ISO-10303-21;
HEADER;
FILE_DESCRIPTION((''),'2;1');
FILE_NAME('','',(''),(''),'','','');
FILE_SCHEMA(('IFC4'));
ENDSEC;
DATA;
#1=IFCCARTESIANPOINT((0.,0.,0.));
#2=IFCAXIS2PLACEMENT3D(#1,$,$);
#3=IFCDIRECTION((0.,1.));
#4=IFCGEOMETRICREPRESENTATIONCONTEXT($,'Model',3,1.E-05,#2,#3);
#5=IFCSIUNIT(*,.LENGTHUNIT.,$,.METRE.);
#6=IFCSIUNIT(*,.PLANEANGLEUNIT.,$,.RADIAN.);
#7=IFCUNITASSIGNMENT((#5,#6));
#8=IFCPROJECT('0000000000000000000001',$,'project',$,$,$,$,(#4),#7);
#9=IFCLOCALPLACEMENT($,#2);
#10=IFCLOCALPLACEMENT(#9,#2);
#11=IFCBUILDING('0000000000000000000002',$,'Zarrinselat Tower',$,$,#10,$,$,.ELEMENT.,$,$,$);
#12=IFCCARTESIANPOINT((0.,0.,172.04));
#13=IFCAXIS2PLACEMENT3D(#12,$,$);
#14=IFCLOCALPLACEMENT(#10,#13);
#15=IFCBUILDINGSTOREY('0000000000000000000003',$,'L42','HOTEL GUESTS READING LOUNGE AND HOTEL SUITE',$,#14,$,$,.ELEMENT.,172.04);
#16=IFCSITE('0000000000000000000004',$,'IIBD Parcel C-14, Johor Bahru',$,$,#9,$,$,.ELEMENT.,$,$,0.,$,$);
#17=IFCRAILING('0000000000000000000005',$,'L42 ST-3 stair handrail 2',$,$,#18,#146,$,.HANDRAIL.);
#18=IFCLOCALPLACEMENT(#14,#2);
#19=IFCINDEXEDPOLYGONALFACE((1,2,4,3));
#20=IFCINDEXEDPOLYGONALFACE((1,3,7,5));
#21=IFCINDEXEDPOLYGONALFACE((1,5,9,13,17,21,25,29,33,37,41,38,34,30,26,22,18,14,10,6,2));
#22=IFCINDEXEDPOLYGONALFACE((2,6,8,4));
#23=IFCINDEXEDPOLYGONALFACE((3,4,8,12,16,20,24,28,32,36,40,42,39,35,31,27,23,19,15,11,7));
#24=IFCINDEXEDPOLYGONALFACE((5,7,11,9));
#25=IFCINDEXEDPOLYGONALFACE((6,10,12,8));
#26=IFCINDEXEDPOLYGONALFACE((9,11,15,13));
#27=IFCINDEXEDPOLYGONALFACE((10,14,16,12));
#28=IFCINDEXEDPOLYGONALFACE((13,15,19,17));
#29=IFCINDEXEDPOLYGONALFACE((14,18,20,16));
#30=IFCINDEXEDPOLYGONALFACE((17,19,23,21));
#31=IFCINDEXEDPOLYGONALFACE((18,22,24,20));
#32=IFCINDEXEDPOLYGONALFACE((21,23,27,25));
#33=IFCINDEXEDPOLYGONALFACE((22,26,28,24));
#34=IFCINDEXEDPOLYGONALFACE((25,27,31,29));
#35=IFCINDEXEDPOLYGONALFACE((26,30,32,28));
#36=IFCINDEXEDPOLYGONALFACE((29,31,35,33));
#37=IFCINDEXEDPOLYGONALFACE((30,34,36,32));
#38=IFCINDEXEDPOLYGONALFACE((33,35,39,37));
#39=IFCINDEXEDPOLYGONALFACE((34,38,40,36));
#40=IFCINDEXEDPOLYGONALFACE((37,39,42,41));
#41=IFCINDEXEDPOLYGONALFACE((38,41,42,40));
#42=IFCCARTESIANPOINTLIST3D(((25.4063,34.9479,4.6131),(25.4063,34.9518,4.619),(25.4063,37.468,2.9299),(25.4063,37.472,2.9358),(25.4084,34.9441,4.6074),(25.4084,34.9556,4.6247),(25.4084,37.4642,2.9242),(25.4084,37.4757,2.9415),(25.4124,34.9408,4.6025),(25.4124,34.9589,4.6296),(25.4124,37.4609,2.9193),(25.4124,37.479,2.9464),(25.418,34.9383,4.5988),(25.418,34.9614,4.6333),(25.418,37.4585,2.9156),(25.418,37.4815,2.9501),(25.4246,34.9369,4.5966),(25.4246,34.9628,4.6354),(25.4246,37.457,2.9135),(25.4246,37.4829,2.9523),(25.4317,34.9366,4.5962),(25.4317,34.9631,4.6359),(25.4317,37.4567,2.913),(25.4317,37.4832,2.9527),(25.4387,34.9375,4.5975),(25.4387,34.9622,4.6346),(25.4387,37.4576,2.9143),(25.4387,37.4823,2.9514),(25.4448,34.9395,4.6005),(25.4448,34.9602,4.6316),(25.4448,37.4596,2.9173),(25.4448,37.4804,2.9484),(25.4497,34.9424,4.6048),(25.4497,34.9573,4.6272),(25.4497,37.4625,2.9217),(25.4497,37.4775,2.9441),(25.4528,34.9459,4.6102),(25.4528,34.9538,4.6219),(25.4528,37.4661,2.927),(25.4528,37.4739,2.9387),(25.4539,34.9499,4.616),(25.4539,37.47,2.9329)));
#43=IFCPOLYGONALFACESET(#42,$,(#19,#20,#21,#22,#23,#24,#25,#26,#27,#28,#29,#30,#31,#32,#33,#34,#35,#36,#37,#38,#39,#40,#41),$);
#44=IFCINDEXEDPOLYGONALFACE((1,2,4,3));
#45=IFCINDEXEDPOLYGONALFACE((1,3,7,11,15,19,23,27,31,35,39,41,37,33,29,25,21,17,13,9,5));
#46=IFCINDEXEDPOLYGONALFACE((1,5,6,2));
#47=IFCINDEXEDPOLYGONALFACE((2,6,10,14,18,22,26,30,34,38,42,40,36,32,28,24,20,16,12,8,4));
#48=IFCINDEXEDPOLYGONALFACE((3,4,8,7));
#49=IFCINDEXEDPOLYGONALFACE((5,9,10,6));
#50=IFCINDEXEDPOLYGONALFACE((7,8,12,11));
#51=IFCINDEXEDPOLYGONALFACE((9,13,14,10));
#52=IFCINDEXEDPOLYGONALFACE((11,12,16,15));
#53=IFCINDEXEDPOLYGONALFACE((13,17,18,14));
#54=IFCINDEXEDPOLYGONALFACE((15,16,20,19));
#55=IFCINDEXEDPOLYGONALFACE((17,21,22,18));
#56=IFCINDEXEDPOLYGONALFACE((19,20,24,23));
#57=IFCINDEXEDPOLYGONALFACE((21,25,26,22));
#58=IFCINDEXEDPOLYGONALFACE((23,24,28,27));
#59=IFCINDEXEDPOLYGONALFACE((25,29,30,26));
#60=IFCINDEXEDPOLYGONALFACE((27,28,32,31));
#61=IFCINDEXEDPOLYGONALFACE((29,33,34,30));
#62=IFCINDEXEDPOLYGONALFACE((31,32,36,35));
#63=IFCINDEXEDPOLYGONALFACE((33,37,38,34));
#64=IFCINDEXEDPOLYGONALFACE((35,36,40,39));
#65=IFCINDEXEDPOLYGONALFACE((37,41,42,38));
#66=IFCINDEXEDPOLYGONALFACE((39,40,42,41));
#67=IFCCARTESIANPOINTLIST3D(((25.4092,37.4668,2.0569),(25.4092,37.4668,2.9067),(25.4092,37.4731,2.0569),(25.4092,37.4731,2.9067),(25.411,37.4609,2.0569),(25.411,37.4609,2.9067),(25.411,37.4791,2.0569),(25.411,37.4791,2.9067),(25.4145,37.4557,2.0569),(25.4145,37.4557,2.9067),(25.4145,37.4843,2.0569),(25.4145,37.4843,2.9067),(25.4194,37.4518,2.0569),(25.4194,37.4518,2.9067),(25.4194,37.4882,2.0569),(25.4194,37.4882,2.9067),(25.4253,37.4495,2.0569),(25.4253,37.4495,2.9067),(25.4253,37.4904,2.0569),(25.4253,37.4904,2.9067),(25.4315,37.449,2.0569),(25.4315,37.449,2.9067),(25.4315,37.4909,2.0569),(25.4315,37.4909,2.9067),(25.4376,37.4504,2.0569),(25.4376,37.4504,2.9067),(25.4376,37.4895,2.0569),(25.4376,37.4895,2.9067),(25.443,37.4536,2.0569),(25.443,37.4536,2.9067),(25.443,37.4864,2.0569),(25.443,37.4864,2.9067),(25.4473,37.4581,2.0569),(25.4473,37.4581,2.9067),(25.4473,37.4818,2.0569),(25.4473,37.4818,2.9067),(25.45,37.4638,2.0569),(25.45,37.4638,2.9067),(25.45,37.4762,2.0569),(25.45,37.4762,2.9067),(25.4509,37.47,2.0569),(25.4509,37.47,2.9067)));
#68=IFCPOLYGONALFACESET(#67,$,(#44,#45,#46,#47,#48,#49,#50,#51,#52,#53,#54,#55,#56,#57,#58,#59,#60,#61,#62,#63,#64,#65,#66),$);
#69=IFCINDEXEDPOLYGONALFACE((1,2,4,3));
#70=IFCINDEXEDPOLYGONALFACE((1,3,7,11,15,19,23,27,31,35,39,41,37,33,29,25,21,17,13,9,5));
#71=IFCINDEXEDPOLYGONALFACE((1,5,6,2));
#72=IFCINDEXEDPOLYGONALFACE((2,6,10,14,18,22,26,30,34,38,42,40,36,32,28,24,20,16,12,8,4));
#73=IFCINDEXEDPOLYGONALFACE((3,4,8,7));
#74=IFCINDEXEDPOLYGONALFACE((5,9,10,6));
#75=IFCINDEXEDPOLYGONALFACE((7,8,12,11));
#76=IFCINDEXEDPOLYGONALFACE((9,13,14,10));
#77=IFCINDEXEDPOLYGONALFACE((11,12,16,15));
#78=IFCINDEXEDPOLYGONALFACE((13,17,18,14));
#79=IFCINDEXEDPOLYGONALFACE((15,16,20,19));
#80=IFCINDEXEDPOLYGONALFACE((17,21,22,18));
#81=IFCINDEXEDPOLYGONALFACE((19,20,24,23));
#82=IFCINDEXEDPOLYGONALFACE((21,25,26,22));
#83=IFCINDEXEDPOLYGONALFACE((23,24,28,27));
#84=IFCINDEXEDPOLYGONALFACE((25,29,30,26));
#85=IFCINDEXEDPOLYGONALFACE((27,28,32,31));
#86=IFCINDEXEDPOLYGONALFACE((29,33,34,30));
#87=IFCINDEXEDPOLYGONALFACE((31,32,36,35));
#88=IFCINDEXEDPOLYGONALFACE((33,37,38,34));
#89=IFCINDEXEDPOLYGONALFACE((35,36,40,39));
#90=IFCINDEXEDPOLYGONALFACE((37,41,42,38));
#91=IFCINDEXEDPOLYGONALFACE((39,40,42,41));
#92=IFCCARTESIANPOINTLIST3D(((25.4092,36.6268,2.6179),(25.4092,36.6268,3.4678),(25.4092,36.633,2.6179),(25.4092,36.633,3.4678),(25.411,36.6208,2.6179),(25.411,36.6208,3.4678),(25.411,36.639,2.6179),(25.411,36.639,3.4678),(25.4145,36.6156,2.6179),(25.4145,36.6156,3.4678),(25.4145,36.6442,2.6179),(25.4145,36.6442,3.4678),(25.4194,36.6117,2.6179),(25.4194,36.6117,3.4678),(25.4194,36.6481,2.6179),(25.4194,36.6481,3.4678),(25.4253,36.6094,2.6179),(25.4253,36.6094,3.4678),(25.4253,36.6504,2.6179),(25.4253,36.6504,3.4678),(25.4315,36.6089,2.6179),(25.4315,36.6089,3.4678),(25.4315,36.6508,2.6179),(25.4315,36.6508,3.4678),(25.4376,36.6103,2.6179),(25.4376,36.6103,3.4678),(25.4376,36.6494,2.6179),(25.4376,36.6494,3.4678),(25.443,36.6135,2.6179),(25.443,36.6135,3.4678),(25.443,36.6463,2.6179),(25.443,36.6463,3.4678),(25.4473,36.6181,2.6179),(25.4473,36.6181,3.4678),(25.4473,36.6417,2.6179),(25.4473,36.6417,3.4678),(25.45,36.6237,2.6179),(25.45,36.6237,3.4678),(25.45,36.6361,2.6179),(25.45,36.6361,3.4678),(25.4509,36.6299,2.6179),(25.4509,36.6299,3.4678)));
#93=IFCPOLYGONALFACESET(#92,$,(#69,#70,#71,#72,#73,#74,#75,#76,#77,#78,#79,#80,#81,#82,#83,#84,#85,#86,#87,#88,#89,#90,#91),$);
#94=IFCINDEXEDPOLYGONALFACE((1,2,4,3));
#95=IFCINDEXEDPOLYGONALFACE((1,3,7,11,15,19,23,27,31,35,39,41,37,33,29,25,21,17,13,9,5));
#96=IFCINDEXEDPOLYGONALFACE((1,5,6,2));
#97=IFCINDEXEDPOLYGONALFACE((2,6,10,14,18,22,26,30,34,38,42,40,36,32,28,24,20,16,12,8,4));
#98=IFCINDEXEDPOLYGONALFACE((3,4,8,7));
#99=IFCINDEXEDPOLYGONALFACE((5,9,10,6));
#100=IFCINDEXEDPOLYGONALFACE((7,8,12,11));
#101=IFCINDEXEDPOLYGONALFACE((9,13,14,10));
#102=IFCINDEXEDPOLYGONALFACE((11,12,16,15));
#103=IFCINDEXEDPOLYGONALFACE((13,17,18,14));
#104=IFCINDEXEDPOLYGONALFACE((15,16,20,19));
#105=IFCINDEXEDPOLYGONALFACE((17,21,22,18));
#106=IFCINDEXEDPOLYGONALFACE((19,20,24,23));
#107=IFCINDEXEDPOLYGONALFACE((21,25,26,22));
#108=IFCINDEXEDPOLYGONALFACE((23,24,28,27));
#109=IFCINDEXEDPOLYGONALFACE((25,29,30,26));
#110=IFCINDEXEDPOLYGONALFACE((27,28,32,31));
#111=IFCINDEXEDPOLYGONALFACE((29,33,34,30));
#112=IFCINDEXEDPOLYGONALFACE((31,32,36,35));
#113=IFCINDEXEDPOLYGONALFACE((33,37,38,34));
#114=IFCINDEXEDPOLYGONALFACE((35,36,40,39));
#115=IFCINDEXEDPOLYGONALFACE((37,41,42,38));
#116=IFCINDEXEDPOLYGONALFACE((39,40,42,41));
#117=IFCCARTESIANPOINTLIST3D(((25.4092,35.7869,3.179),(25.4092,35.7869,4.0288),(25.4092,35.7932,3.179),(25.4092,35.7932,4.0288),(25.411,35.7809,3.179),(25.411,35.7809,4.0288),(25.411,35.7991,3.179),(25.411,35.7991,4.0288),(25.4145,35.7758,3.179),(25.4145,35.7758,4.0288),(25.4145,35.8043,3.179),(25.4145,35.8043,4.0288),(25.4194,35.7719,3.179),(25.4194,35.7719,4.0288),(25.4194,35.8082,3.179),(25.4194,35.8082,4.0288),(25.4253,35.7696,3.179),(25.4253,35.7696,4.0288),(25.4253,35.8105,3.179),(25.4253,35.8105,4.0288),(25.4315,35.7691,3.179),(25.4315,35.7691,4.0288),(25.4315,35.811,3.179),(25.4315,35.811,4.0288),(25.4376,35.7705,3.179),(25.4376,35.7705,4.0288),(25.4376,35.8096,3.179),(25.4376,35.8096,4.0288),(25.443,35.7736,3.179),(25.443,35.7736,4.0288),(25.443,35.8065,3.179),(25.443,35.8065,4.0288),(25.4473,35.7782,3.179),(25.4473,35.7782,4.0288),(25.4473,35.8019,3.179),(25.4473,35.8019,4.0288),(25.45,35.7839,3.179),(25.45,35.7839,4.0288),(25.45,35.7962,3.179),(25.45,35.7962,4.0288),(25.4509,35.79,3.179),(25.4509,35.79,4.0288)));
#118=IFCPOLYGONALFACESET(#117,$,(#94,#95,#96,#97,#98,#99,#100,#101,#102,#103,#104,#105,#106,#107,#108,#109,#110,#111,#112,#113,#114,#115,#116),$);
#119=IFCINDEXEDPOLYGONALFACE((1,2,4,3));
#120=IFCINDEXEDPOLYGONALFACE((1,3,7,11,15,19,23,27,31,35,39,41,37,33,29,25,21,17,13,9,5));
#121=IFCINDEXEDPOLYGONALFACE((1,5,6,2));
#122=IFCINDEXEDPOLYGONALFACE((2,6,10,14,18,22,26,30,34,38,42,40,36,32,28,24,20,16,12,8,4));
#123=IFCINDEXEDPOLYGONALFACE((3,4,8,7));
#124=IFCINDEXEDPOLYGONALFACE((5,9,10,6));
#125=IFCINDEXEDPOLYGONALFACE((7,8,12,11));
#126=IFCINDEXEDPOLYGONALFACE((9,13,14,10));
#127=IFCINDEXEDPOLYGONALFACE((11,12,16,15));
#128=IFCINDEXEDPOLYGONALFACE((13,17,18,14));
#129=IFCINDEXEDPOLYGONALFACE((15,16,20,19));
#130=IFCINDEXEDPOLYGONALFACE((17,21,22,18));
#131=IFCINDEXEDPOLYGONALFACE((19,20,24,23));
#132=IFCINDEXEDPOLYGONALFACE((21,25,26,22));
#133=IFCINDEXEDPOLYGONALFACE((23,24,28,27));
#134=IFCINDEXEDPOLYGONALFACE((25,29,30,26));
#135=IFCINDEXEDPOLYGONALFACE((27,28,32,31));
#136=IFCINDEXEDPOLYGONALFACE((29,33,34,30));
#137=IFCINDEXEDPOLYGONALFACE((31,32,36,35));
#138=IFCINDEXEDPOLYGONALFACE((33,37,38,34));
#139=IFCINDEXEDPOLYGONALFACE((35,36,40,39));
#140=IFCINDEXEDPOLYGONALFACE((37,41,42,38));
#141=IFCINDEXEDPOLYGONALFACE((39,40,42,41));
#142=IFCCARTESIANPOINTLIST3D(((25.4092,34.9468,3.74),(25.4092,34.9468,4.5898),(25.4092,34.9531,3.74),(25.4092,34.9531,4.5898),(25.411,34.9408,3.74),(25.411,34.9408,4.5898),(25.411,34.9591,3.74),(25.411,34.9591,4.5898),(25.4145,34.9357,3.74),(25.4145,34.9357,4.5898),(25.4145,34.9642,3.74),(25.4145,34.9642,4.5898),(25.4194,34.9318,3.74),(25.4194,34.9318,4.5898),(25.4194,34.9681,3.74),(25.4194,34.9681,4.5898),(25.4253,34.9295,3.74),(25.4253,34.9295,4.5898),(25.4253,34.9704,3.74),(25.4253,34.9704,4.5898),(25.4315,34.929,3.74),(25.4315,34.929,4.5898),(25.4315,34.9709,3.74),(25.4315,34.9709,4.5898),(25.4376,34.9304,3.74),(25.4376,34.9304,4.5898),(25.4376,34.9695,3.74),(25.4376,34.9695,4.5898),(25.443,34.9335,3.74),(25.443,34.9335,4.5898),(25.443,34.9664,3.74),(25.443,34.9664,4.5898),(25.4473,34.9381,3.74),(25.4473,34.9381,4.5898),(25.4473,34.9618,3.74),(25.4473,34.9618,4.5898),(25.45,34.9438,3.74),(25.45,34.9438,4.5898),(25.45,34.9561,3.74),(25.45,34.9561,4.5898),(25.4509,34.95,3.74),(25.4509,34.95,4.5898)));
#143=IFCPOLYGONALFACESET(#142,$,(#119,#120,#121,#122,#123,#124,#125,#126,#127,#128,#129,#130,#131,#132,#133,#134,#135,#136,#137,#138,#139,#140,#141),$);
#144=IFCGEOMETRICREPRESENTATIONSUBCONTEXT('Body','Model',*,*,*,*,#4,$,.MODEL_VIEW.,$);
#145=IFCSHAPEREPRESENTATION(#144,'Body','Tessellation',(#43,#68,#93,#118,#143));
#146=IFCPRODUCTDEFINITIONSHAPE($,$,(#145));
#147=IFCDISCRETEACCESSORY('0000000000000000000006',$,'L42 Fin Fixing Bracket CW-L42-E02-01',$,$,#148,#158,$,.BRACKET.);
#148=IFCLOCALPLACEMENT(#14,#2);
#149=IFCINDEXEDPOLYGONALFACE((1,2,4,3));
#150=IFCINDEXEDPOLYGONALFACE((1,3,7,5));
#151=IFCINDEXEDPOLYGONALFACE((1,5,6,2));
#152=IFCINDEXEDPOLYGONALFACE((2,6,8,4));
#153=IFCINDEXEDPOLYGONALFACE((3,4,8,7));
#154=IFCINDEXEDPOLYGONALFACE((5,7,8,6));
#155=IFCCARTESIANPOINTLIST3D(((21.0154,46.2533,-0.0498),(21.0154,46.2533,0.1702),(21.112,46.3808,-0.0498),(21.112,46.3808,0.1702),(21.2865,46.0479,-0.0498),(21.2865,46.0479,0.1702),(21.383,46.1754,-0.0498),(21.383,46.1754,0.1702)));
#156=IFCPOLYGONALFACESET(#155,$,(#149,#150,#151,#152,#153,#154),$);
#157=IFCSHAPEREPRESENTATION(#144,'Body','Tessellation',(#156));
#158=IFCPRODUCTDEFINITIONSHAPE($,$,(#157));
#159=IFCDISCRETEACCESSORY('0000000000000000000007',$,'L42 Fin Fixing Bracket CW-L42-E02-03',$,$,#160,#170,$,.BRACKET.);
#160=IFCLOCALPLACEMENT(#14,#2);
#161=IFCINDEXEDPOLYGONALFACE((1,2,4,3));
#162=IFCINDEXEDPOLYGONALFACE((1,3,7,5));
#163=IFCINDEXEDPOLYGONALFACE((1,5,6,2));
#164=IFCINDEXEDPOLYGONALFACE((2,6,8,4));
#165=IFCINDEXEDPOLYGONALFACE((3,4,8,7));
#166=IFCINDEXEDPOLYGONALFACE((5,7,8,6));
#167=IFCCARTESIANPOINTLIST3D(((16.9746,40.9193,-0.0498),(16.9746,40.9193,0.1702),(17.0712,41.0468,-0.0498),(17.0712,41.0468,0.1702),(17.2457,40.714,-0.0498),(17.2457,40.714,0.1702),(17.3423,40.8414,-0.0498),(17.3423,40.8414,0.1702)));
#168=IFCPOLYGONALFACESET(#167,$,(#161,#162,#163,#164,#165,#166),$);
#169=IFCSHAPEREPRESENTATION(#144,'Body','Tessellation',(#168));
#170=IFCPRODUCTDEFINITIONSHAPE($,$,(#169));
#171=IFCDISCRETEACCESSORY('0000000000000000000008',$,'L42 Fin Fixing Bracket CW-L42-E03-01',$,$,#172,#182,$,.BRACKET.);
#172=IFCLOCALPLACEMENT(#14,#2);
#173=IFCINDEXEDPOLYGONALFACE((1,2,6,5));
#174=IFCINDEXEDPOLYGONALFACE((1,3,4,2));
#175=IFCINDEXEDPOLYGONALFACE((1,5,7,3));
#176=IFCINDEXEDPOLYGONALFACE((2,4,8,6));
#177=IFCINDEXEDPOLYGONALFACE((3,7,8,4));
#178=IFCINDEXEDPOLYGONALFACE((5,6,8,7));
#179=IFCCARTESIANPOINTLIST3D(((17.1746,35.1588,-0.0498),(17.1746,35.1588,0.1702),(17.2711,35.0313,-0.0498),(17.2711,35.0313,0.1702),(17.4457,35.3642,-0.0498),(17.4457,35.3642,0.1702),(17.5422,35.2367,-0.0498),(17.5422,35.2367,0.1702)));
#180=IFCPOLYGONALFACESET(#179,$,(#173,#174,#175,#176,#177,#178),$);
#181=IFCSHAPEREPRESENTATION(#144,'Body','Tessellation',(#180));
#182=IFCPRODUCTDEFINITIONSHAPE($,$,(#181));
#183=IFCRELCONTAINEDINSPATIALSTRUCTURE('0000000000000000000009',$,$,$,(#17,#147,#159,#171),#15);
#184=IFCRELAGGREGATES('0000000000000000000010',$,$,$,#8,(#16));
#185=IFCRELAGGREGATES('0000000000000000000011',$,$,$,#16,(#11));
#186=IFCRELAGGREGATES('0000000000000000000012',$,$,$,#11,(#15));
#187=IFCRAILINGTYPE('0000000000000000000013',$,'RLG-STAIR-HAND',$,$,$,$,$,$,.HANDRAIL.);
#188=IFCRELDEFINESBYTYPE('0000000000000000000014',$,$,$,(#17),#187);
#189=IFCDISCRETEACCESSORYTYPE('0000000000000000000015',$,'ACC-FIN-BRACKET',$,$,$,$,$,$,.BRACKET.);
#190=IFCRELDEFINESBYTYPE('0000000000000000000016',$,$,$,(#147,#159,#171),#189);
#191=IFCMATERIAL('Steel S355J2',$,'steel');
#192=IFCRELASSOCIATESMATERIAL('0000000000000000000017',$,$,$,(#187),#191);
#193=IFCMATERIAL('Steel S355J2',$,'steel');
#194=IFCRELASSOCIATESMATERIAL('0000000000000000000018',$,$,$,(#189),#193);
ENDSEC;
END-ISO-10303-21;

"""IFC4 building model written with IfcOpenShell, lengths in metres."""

from ifc_helpers import new_model, si_unit, direction, frame, origin, origin_2d, place, context, subcontext, project, spatial, rectangle, circle, extrude, material, type_object, element, save


model = new_model("IFC4")

# Units and contexts
model_context = context("Model", 3, precision=1e-05, world=origin(), true_north=direction((0.0, 1.0)))
body_context = subcontext(model_context, "Body", "Model", "MODEL_VIEW")
ifc_project = project(units=[si_unit("LENGTHUNIT", "METRE"), si_unit("PLANEANGLEUNIT", "RADIAN")], contexts=[model_context])

# Site, building, storey
site_placement = place(None, origin())
site = spatial("IfcSite", under=ifc_project, at=site_placement, Name="IIBD Parcel C-14, Johor Bahru", CompositionType="ELEMENT", RefElevation=0.0)
building_placement = place(site_placement, origin())
building = spatial("IfcBuilding", under=site, at=building_placement, Name="Zarrinselat Tower", CompositionType="ELEMENT")
storey_placement = place(building_placement, frame((0.0, 0.0, 172.04)))
storey = spatial("IfcBuildingStorey", under=building, at=storey_placement, Name="L42", Description="HOTEL GUESTS READING LOUNGE AND HOTEL SUITE", CompositionType="ELEMENT", Elevation=172.04)

# Railing
ifc_material_1 = material(Name="Steel S355J2", Category="steel")
railing_type_1 = type_object("IfcRailingType", Name="RLG-STAIR-HAND", PredefinedType="HANDRAIL", material=ifc_material_1)
railing_1_placement = place(storey_placement, frame((25.4299, 37.47, 2.0569)))
element("IfcRailing", 1, at=railing_1_placement, inside=storey, type_object=railing_type_1, Name="L42 ST-3 stair handrail 2", PredefinedType="HANDRAIL", context=body_context, shape_type="SweptSolid", body=[
    extrude(circle(Radius=0.0239, at=origin_2d()), frame((0.0, 0.0, 0.876), z_axis=(0.0, -0.831579, 0.555406), x_axis=(1.0, 0.0, 0.0)), (0.0, 0.0, 1.0), 3.0305),
    extrude(circle(Radius=0.021, at=origin_2d()), origin(), (0.0, 0.0, 1.0), 0.8499),
    extrude(circle(Radius=0.021, at=origin_2d()), frame((0.0, -0.8401, 0.561)), (0.0, 0.0, 1.0), 0.8499),
    extrude(circle(Radius=0.021, at=origin_2d()), frame((0.0, -1.6799, 1.1221)), (0.0, 0.0, 1.0), 0.8499),
    extrude(circle(Radius=0.021, at=origin_2d()), frame((0.0, -2.52, 1.6831)), (0.0, 0.0, 1.0), 0.8499),
])

# Discrete accessories
ifc_material_2 = material(Name="Steel S355J2", Category="steel")
discrete_accessory_type = type_object("IfcDiscreteAccessoryType", Name="ACC-FIN-BRACKET", PredefinedType="BRACKET", material=ifc_material_2)
for number, where, z_axis, x_axis, name in (
    (2, (21.1992, 46.2144, -0.0498), (0.0, 0.0, 1.0), (-0.797095, 0.603855, 0.0), "L42 Fin Fixing Bracket CW-L42-E02-01"),
    (3, (17.1584, 40.8804, -0.0498), (0.0, 0.0, 1.0), (-0.797095, 0.603855, 0.0), "L42 Fin Fixing Bracket CW-L42-E02-03"),
    (4, (17.3584, 35.1978, -0.0498), (0.0, 0.0, 1.0), (-0.797092, -0.603858, 0.0), "L42 Fin Fixing Bracket CW-L42-E03-01"),
):
    element("IfcDiscreteAccessory", number, at=place(storey_placement, frame(where, z_axis=z_axis, x_axis=x_axis)), inside=storey, type_object=discrete_accessory_type, Name=name, PredefinedType="BRACKET", context=body_context, shape_type="SweptSolid", body=[
        extrude(rectangle(XDim=0.3401, YDim=0.1599, at=origin_2d()), origin(), (0.0, 0.0, 1.0), 0.22),
    ])

save(model, "model.ifc")
